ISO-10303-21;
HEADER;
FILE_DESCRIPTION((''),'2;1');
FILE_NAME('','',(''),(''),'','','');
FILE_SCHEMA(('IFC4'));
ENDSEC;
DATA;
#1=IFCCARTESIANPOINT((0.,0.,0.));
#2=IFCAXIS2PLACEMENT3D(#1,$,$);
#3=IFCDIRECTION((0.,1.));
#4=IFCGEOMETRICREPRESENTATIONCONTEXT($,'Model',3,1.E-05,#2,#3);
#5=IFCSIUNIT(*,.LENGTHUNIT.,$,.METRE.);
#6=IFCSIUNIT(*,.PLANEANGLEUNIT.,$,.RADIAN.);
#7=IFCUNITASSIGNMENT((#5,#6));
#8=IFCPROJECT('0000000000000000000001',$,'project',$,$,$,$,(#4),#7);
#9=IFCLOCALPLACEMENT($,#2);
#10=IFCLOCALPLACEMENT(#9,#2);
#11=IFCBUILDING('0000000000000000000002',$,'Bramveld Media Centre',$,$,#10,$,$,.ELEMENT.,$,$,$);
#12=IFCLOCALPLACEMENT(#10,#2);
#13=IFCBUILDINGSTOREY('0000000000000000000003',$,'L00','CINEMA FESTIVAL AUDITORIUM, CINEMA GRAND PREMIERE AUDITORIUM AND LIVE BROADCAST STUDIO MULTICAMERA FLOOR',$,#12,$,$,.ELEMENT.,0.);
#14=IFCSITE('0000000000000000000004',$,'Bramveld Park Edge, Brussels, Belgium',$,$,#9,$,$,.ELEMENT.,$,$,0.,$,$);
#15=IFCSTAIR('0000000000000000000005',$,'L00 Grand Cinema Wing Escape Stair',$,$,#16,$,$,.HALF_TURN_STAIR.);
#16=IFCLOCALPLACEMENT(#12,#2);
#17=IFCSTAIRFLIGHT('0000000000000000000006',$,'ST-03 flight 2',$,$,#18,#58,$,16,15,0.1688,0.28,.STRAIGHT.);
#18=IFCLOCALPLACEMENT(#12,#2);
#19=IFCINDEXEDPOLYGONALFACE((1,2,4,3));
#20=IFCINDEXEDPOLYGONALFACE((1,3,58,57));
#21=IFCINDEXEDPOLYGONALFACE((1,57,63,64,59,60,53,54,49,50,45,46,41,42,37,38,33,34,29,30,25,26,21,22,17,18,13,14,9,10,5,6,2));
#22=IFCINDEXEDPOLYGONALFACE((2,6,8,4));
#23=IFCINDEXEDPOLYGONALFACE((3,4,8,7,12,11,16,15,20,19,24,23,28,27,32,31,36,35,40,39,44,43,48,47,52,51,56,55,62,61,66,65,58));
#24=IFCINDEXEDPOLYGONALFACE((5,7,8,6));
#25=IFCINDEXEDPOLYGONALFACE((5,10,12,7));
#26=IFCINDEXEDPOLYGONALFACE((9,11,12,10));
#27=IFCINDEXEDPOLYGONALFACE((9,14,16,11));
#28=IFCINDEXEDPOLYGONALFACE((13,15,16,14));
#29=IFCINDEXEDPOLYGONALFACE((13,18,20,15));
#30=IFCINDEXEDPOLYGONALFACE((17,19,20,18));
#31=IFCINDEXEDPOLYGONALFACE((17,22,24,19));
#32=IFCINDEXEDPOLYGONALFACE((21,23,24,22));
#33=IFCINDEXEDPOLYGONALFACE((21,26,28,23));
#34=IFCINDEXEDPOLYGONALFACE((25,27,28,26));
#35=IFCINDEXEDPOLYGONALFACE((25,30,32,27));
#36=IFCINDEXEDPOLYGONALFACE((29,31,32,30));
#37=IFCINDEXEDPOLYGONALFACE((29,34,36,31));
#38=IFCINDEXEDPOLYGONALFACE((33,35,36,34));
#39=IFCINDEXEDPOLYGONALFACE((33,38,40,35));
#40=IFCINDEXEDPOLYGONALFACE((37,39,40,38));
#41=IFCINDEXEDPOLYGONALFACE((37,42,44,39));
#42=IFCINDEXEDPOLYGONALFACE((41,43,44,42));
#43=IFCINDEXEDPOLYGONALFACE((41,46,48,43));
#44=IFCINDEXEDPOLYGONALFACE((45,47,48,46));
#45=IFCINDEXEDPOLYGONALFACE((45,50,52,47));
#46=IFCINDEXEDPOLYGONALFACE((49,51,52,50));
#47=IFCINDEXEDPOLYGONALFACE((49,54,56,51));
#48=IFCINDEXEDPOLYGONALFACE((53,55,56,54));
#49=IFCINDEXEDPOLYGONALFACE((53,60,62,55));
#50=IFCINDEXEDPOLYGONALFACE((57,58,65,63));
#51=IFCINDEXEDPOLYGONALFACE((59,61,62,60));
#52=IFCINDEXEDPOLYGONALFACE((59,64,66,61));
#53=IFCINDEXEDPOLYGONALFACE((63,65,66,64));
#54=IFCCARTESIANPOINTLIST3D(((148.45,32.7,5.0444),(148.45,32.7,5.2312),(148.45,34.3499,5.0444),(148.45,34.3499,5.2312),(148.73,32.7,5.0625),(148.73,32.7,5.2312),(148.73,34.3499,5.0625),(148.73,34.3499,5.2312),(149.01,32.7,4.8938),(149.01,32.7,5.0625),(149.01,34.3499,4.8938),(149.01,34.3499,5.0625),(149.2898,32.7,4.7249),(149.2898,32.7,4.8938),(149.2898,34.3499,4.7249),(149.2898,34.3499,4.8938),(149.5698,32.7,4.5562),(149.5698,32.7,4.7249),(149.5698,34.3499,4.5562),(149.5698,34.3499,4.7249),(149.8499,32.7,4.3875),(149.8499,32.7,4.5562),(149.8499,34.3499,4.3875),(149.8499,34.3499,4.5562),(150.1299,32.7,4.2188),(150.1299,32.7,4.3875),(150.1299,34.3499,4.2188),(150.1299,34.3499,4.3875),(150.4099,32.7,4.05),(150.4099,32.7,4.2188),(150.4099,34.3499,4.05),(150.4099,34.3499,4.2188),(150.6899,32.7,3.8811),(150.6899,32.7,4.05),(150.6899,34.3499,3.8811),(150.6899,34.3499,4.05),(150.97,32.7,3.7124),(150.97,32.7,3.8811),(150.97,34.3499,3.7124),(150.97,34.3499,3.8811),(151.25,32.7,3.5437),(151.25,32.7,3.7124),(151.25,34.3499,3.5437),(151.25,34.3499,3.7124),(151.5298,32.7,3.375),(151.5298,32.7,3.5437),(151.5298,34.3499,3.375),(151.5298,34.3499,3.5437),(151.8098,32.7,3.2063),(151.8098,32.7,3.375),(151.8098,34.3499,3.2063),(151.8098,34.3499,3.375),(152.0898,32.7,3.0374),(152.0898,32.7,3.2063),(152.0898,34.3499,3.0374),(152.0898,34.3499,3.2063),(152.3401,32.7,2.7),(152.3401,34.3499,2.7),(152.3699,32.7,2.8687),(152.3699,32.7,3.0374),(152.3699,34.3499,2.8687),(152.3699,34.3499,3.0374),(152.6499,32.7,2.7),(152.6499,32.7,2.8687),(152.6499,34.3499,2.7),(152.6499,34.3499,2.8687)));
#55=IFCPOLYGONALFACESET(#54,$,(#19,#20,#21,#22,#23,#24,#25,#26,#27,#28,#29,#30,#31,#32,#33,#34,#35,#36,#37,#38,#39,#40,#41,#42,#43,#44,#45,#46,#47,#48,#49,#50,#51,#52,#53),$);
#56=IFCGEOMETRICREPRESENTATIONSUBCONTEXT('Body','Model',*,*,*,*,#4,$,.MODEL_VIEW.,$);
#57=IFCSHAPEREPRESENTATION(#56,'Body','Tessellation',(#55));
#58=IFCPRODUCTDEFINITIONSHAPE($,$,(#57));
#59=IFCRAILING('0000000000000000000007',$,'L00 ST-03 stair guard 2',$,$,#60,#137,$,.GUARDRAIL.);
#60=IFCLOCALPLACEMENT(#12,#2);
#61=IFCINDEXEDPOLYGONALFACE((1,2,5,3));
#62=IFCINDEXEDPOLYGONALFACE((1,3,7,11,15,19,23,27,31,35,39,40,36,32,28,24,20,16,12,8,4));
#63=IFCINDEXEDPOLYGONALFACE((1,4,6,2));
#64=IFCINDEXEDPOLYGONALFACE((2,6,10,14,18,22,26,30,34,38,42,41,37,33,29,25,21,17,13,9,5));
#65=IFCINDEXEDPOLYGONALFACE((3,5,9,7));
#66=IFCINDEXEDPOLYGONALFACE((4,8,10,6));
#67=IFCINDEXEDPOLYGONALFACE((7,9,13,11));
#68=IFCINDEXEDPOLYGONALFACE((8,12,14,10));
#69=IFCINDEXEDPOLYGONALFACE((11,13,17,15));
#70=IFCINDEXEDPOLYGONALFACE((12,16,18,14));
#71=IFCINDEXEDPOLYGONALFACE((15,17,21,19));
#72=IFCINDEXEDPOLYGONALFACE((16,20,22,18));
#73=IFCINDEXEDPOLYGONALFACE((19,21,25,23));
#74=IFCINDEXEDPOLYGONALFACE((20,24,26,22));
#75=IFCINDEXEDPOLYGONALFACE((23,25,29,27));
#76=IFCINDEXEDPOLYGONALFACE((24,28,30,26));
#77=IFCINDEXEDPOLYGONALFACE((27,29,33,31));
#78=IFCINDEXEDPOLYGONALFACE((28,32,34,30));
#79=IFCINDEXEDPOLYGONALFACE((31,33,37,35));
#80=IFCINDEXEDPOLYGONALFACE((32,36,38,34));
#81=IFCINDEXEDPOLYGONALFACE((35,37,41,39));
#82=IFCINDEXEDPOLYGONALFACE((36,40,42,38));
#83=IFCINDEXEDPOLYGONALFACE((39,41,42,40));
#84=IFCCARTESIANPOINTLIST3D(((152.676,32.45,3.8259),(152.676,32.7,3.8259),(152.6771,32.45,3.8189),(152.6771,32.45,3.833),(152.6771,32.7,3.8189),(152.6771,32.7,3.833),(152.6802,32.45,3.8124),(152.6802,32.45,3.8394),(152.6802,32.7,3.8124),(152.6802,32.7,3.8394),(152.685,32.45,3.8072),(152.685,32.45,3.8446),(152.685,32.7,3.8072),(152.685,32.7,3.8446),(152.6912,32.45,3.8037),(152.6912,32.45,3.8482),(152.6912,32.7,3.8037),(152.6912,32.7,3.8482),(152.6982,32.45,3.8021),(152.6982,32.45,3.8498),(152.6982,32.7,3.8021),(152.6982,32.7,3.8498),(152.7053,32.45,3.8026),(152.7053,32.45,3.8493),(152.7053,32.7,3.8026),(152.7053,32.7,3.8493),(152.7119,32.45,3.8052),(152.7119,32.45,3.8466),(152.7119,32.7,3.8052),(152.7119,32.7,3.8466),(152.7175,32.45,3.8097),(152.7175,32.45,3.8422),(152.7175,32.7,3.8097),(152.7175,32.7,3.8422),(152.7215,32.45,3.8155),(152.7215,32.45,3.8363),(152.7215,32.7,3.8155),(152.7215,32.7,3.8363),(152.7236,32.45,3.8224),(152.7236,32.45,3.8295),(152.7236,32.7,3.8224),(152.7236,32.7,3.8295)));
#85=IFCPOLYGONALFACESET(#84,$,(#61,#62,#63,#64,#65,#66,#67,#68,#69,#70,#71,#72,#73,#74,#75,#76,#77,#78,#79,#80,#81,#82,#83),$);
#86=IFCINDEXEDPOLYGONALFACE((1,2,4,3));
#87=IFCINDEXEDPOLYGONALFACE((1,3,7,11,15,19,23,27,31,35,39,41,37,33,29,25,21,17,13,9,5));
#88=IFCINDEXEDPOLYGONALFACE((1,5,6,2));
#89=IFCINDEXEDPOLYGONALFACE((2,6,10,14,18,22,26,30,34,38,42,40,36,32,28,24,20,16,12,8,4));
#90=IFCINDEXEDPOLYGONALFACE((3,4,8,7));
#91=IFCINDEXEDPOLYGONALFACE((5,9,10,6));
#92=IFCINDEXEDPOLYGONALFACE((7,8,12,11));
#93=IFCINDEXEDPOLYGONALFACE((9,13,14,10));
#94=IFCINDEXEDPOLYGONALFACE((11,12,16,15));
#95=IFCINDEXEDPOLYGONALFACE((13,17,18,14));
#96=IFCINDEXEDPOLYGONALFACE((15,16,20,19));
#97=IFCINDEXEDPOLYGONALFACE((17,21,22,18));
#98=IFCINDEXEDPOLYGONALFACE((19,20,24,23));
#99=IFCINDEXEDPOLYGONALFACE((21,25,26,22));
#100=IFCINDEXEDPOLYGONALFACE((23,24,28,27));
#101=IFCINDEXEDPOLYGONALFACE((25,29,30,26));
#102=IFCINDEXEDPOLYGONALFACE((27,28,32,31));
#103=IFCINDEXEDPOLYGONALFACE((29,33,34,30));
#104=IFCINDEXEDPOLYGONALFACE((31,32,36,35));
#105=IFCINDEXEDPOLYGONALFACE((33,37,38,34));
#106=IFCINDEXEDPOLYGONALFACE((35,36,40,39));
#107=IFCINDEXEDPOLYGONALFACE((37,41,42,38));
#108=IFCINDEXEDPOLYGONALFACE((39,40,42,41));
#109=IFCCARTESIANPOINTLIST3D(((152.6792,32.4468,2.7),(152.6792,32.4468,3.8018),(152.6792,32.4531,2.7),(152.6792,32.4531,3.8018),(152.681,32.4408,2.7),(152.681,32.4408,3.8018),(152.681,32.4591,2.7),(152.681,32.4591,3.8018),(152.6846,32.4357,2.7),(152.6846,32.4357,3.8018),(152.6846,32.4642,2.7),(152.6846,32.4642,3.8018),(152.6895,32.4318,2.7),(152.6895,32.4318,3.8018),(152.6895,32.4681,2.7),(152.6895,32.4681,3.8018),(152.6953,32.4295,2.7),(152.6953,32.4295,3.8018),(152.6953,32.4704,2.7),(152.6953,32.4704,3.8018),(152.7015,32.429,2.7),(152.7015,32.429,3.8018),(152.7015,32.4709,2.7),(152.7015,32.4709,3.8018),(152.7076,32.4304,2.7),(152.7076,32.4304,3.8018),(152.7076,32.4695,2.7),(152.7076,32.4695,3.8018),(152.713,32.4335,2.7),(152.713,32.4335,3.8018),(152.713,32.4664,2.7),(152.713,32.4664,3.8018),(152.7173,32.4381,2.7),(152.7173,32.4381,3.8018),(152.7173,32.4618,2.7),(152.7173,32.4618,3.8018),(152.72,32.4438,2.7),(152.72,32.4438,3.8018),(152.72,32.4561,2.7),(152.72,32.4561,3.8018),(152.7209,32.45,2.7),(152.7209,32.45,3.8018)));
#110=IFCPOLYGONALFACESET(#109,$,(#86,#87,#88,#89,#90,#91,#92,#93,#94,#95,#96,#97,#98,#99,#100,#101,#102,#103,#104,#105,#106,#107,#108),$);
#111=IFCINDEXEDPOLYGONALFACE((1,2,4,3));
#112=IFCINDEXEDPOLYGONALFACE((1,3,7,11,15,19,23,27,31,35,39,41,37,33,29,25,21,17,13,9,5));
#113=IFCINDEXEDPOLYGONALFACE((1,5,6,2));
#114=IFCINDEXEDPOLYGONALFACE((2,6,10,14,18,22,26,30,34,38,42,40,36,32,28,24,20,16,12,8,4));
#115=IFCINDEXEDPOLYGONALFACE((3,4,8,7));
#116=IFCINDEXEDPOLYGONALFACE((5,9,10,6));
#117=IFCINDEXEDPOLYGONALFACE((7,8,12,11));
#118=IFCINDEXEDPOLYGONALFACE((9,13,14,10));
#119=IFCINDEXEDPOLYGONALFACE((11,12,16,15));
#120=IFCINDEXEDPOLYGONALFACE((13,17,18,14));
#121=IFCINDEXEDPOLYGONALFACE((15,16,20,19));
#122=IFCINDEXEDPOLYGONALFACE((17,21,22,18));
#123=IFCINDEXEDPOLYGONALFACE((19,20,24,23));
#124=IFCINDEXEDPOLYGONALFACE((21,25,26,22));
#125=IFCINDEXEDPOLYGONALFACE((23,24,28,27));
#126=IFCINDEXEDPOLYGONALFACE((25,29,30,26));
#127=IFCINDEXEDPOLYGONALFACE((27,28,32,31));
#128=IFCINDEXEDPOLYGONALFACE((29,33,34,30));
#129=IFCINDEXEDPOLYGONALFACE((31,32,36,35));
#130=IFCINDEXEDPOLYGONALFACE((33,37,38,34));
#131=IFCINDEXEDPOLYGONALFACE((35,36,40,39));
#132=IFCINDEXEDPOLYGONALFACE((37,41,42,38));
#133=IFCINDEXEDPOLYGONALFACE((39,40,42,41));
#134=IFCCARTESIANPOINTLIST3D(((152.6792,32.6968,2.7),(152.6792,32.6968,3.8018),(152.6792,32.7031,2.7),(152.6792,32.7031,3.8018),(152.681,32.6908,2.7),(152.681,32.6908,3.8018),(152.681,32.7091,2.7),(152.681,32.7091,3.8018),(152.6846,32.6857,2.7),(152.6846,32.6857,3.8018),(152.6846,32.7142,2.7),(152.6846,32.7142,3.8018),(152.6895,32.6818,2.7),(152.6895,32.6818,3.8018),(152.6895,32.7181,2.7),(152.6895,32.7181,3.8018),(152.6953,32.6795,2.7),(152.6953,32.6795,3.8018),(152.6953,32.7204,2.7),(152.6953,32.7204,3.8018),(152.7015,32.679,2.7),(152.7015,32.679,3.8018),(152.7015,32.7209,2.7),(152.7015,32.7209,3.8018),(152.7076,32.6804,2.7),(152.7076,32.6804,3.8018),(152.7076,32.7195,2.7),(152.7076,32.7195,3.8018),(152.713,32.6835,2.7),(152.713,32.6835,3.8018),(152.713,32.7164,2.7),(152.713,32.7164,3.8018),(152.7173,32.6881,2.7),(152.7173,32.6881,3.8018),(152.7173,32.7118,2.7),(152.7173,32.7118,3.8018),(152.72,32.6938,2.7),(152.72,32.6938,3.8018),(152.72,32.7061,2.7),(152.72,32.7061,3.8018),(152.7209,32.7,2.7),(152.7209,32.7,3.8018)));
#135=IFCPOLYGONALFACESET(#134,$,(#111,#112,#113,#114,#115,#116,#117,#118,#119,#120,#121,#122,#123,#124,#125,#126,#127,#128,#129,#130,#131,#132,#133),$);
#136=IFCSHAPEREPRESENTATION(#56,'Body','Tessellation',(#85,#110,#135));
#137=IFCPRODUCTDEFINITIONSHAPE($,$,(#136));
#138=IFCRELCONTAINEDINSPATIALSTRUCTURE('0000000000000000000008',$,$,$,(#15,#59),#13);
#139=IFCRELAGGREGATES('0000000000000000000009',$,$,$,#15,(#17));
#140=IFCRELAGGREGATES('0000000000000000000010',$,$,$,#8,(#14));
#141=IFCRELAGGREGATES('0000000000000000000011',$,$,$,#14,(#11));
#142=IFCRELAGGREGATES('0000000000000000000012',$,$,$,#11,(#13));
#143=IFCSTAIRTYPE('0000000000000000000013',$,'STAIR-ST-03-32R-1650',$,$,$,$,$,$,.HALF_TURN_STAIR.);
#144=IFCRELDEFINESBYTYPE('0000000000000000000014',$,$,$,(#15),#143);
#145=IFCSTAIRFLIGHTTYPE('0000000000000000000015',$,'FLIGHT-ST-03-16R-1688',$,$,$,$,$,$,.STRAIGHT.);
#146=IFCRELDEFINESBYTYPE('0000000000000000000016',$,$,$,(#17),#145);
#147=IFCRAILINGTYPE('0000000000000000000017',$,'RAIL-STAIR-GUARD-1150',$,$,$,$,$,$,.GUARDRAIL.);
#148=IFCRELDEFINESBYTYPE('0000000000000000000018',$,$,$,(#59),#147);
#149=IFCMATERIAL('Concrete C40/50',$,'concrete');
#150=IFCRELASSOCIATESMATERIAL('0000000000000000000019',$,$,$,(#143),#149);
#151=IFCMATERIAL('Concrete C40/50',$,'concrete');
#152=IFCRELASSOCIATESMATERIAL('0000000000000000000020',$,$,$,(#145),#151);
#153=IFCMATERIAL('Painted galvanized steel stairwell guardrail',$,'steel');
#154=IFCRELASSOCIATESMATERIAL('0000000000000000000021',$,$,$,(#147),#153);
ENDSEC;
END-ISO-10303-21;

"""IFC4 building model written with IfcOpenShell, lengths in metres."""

from ifc_helpers import new_model, si_unit, direction, frame, origin, origin_2d, place, context, subcontext, project, spatial, polyline, circle, outline, extrude, material, type_object, element, aggregate, save


model = new_model("IFC4")

# Units and contexts
model_context = context("Model", 3, precision=1e-05, world=origin(), true_north=direction((0.0, 1.0)))
body_context = subcontext(model_context, "Body", "Model", "MODEL_VIEW")
ifc_project = project(units=[si_unit("LENGTHUNIT", "METRE"), si_unit("PLANEANGLEUNIT", "RADIAN")], contexts=[model_context])

# Site, building, storey
site_placement = place(None, origin())
site = spatial("IfcSite", under=ifc_project, at=site_placement, Name="Bramveld Park Edge, Brussels, Belgium", CompositionType="ELEMENT", RefElevation=0.0)
building_placement = place(site_placement, origin())
building = spatial("IfcBuilding", under=site, at=building_placement, Name="Bramveld Media Centre", CompositionType="ELEMENT")
storey_placement = place(building_placement, origin())
storey = spatial("IfcBuildingStorey", under=building, at=storey_placement, Name="L00", Description="CINEMA FESTIVAL AUDITORIUM, CINEMA GRAND PREMIERE AUDITORIUM AND LIVE BROADCAST STUDIO MULTICAMERA FLOOR", CompositionType="ELEMENT", Elevation=0.0)

# Stair, stair flight
ifc_material_1 = material(Name="Concrete C40/50", Category="concrete")
stair_type = type_object("IfcStairType", Name="STAIR-ST-03-32R-1650", PredefinedType="HALF_TURN_STAIR", material=ifc_material_1)
stair_placement = place(storey_placement, origin())
stair = element("IfcStair", 1, at=stair_placement, inside=storey, type_object=stair_type, Name="L00 Grand Cinema Wing Escape Stair", PredefinedType="HALF_TURN_STAIR")
ifc_material_2 = material(Name="Concrete C40/50", Category="concrete")
stair_flight_type = type_object("IfcStairFlightType", Name="FLIGHT-ST-03-16R-1688", PredefinedType="STRAIGHT", material=ifc_material_2)
stair_flight_placement = place(storey_placement, frame((152.6499, 33.5249, 2.7), z_axis=(0.0, 0.0, 1.0), x_axis=(-1.0, 0.0, 0.0)))
stair_flight = element("IfcStairFlight", 2, at=stair_flight_placement, type_object=stair_flight_type, Name="ST-03 flight 2", NumberOfRisers=16, NumberOfTreads=15, PredefinedType="STRAIGHT", RiserHeight=0.1688, TreadLength=0.28, context=body_context, shape_type="SweptSolid", body=[
    extrude(outline(polyline([(0.0, 0.0), (0.0, 0.1687), (0.28, 0.1687), (0.28, 0.3374), (0.5601, 0.3374), (0.5601, 0.5063), (0.8401, 0.5063), (0.8401, 0.675), (1.1201, 0.675), (1.1201, 0.8438), (1.3999, 0.8438), (1.3999, 1.0125), (1.6799, 1.0125), (1.6799, 1.1812), (1.96, 1.1812), (1.96, 1.3501), (2.24, 1.3501), (2.24, 1.5188), (2.52, 1.5188), (2.52, 1.6875), (2.8, 1.6875), (2.8, 1.8562), (3.0801, 1.8562), (3.0801, 2.0249), (3.3601, 2.0249), (3.3601, 2.1938), (3.6399, 2.1938), (3.6399, 2.3625), (3.9199, 2.3625), (3.9199, 2.5312), (4.2, 2.5312), (4.2, 2.7), (4.2, 2.3445), (0.3098, 0.0), (0.0, 0.0)])), frame((0.0, 0.825, 0.0), z_axis=(0.0, -1.0, 0.0), x_axis=(1.0, 0.0, 0.0)), (0.0, 0.0, 1.0), 1.6499),
])
aggregate(stair, [stair_flight])

# Railing
ifc_material_3 = material(Name="Painted galvanized steel stairwell guardrail", Category="steel")
railing_type_1 = type_object("IfcRailingType", Name="RAIL-STAIR-GUARD-1150", PredefinedType="GUARDRAIL", material=ifc_material_3)
railing_1_placement = place(storey_placement, frame((152.7, 32.45, 2.7)))
element("IfcRailing", 3, at=railing_1_placement, inside=storey, type_object=railing_type_1, Name="L00 ST-03 stair guard 2", PredefinedType="GUARDRAIL", context=body_context, shape_type="SweptSolid", body=[
    extrude(circle(Radius=0.0239, at=origin_2d()), frame((0.0, 0.0, 1.126), z_axis=(0.0, 1.0, 0.0), x_axis=(-1.0, 0.0, 0.0)), (0.0, 0.0, 1.0), 0.25),
    extrude(circle(Radius=0.021, at=origin_2d()), origin(), (0.0, 0.0, 1.0), 1.1018),
    extrude(circle(Radius=0.021, at=origin_2d()), frame((0.0, 0.25, 0.0)), (0.0, 0.0, 1.0), 1.1018),
])

save(model, "model.ifc")
